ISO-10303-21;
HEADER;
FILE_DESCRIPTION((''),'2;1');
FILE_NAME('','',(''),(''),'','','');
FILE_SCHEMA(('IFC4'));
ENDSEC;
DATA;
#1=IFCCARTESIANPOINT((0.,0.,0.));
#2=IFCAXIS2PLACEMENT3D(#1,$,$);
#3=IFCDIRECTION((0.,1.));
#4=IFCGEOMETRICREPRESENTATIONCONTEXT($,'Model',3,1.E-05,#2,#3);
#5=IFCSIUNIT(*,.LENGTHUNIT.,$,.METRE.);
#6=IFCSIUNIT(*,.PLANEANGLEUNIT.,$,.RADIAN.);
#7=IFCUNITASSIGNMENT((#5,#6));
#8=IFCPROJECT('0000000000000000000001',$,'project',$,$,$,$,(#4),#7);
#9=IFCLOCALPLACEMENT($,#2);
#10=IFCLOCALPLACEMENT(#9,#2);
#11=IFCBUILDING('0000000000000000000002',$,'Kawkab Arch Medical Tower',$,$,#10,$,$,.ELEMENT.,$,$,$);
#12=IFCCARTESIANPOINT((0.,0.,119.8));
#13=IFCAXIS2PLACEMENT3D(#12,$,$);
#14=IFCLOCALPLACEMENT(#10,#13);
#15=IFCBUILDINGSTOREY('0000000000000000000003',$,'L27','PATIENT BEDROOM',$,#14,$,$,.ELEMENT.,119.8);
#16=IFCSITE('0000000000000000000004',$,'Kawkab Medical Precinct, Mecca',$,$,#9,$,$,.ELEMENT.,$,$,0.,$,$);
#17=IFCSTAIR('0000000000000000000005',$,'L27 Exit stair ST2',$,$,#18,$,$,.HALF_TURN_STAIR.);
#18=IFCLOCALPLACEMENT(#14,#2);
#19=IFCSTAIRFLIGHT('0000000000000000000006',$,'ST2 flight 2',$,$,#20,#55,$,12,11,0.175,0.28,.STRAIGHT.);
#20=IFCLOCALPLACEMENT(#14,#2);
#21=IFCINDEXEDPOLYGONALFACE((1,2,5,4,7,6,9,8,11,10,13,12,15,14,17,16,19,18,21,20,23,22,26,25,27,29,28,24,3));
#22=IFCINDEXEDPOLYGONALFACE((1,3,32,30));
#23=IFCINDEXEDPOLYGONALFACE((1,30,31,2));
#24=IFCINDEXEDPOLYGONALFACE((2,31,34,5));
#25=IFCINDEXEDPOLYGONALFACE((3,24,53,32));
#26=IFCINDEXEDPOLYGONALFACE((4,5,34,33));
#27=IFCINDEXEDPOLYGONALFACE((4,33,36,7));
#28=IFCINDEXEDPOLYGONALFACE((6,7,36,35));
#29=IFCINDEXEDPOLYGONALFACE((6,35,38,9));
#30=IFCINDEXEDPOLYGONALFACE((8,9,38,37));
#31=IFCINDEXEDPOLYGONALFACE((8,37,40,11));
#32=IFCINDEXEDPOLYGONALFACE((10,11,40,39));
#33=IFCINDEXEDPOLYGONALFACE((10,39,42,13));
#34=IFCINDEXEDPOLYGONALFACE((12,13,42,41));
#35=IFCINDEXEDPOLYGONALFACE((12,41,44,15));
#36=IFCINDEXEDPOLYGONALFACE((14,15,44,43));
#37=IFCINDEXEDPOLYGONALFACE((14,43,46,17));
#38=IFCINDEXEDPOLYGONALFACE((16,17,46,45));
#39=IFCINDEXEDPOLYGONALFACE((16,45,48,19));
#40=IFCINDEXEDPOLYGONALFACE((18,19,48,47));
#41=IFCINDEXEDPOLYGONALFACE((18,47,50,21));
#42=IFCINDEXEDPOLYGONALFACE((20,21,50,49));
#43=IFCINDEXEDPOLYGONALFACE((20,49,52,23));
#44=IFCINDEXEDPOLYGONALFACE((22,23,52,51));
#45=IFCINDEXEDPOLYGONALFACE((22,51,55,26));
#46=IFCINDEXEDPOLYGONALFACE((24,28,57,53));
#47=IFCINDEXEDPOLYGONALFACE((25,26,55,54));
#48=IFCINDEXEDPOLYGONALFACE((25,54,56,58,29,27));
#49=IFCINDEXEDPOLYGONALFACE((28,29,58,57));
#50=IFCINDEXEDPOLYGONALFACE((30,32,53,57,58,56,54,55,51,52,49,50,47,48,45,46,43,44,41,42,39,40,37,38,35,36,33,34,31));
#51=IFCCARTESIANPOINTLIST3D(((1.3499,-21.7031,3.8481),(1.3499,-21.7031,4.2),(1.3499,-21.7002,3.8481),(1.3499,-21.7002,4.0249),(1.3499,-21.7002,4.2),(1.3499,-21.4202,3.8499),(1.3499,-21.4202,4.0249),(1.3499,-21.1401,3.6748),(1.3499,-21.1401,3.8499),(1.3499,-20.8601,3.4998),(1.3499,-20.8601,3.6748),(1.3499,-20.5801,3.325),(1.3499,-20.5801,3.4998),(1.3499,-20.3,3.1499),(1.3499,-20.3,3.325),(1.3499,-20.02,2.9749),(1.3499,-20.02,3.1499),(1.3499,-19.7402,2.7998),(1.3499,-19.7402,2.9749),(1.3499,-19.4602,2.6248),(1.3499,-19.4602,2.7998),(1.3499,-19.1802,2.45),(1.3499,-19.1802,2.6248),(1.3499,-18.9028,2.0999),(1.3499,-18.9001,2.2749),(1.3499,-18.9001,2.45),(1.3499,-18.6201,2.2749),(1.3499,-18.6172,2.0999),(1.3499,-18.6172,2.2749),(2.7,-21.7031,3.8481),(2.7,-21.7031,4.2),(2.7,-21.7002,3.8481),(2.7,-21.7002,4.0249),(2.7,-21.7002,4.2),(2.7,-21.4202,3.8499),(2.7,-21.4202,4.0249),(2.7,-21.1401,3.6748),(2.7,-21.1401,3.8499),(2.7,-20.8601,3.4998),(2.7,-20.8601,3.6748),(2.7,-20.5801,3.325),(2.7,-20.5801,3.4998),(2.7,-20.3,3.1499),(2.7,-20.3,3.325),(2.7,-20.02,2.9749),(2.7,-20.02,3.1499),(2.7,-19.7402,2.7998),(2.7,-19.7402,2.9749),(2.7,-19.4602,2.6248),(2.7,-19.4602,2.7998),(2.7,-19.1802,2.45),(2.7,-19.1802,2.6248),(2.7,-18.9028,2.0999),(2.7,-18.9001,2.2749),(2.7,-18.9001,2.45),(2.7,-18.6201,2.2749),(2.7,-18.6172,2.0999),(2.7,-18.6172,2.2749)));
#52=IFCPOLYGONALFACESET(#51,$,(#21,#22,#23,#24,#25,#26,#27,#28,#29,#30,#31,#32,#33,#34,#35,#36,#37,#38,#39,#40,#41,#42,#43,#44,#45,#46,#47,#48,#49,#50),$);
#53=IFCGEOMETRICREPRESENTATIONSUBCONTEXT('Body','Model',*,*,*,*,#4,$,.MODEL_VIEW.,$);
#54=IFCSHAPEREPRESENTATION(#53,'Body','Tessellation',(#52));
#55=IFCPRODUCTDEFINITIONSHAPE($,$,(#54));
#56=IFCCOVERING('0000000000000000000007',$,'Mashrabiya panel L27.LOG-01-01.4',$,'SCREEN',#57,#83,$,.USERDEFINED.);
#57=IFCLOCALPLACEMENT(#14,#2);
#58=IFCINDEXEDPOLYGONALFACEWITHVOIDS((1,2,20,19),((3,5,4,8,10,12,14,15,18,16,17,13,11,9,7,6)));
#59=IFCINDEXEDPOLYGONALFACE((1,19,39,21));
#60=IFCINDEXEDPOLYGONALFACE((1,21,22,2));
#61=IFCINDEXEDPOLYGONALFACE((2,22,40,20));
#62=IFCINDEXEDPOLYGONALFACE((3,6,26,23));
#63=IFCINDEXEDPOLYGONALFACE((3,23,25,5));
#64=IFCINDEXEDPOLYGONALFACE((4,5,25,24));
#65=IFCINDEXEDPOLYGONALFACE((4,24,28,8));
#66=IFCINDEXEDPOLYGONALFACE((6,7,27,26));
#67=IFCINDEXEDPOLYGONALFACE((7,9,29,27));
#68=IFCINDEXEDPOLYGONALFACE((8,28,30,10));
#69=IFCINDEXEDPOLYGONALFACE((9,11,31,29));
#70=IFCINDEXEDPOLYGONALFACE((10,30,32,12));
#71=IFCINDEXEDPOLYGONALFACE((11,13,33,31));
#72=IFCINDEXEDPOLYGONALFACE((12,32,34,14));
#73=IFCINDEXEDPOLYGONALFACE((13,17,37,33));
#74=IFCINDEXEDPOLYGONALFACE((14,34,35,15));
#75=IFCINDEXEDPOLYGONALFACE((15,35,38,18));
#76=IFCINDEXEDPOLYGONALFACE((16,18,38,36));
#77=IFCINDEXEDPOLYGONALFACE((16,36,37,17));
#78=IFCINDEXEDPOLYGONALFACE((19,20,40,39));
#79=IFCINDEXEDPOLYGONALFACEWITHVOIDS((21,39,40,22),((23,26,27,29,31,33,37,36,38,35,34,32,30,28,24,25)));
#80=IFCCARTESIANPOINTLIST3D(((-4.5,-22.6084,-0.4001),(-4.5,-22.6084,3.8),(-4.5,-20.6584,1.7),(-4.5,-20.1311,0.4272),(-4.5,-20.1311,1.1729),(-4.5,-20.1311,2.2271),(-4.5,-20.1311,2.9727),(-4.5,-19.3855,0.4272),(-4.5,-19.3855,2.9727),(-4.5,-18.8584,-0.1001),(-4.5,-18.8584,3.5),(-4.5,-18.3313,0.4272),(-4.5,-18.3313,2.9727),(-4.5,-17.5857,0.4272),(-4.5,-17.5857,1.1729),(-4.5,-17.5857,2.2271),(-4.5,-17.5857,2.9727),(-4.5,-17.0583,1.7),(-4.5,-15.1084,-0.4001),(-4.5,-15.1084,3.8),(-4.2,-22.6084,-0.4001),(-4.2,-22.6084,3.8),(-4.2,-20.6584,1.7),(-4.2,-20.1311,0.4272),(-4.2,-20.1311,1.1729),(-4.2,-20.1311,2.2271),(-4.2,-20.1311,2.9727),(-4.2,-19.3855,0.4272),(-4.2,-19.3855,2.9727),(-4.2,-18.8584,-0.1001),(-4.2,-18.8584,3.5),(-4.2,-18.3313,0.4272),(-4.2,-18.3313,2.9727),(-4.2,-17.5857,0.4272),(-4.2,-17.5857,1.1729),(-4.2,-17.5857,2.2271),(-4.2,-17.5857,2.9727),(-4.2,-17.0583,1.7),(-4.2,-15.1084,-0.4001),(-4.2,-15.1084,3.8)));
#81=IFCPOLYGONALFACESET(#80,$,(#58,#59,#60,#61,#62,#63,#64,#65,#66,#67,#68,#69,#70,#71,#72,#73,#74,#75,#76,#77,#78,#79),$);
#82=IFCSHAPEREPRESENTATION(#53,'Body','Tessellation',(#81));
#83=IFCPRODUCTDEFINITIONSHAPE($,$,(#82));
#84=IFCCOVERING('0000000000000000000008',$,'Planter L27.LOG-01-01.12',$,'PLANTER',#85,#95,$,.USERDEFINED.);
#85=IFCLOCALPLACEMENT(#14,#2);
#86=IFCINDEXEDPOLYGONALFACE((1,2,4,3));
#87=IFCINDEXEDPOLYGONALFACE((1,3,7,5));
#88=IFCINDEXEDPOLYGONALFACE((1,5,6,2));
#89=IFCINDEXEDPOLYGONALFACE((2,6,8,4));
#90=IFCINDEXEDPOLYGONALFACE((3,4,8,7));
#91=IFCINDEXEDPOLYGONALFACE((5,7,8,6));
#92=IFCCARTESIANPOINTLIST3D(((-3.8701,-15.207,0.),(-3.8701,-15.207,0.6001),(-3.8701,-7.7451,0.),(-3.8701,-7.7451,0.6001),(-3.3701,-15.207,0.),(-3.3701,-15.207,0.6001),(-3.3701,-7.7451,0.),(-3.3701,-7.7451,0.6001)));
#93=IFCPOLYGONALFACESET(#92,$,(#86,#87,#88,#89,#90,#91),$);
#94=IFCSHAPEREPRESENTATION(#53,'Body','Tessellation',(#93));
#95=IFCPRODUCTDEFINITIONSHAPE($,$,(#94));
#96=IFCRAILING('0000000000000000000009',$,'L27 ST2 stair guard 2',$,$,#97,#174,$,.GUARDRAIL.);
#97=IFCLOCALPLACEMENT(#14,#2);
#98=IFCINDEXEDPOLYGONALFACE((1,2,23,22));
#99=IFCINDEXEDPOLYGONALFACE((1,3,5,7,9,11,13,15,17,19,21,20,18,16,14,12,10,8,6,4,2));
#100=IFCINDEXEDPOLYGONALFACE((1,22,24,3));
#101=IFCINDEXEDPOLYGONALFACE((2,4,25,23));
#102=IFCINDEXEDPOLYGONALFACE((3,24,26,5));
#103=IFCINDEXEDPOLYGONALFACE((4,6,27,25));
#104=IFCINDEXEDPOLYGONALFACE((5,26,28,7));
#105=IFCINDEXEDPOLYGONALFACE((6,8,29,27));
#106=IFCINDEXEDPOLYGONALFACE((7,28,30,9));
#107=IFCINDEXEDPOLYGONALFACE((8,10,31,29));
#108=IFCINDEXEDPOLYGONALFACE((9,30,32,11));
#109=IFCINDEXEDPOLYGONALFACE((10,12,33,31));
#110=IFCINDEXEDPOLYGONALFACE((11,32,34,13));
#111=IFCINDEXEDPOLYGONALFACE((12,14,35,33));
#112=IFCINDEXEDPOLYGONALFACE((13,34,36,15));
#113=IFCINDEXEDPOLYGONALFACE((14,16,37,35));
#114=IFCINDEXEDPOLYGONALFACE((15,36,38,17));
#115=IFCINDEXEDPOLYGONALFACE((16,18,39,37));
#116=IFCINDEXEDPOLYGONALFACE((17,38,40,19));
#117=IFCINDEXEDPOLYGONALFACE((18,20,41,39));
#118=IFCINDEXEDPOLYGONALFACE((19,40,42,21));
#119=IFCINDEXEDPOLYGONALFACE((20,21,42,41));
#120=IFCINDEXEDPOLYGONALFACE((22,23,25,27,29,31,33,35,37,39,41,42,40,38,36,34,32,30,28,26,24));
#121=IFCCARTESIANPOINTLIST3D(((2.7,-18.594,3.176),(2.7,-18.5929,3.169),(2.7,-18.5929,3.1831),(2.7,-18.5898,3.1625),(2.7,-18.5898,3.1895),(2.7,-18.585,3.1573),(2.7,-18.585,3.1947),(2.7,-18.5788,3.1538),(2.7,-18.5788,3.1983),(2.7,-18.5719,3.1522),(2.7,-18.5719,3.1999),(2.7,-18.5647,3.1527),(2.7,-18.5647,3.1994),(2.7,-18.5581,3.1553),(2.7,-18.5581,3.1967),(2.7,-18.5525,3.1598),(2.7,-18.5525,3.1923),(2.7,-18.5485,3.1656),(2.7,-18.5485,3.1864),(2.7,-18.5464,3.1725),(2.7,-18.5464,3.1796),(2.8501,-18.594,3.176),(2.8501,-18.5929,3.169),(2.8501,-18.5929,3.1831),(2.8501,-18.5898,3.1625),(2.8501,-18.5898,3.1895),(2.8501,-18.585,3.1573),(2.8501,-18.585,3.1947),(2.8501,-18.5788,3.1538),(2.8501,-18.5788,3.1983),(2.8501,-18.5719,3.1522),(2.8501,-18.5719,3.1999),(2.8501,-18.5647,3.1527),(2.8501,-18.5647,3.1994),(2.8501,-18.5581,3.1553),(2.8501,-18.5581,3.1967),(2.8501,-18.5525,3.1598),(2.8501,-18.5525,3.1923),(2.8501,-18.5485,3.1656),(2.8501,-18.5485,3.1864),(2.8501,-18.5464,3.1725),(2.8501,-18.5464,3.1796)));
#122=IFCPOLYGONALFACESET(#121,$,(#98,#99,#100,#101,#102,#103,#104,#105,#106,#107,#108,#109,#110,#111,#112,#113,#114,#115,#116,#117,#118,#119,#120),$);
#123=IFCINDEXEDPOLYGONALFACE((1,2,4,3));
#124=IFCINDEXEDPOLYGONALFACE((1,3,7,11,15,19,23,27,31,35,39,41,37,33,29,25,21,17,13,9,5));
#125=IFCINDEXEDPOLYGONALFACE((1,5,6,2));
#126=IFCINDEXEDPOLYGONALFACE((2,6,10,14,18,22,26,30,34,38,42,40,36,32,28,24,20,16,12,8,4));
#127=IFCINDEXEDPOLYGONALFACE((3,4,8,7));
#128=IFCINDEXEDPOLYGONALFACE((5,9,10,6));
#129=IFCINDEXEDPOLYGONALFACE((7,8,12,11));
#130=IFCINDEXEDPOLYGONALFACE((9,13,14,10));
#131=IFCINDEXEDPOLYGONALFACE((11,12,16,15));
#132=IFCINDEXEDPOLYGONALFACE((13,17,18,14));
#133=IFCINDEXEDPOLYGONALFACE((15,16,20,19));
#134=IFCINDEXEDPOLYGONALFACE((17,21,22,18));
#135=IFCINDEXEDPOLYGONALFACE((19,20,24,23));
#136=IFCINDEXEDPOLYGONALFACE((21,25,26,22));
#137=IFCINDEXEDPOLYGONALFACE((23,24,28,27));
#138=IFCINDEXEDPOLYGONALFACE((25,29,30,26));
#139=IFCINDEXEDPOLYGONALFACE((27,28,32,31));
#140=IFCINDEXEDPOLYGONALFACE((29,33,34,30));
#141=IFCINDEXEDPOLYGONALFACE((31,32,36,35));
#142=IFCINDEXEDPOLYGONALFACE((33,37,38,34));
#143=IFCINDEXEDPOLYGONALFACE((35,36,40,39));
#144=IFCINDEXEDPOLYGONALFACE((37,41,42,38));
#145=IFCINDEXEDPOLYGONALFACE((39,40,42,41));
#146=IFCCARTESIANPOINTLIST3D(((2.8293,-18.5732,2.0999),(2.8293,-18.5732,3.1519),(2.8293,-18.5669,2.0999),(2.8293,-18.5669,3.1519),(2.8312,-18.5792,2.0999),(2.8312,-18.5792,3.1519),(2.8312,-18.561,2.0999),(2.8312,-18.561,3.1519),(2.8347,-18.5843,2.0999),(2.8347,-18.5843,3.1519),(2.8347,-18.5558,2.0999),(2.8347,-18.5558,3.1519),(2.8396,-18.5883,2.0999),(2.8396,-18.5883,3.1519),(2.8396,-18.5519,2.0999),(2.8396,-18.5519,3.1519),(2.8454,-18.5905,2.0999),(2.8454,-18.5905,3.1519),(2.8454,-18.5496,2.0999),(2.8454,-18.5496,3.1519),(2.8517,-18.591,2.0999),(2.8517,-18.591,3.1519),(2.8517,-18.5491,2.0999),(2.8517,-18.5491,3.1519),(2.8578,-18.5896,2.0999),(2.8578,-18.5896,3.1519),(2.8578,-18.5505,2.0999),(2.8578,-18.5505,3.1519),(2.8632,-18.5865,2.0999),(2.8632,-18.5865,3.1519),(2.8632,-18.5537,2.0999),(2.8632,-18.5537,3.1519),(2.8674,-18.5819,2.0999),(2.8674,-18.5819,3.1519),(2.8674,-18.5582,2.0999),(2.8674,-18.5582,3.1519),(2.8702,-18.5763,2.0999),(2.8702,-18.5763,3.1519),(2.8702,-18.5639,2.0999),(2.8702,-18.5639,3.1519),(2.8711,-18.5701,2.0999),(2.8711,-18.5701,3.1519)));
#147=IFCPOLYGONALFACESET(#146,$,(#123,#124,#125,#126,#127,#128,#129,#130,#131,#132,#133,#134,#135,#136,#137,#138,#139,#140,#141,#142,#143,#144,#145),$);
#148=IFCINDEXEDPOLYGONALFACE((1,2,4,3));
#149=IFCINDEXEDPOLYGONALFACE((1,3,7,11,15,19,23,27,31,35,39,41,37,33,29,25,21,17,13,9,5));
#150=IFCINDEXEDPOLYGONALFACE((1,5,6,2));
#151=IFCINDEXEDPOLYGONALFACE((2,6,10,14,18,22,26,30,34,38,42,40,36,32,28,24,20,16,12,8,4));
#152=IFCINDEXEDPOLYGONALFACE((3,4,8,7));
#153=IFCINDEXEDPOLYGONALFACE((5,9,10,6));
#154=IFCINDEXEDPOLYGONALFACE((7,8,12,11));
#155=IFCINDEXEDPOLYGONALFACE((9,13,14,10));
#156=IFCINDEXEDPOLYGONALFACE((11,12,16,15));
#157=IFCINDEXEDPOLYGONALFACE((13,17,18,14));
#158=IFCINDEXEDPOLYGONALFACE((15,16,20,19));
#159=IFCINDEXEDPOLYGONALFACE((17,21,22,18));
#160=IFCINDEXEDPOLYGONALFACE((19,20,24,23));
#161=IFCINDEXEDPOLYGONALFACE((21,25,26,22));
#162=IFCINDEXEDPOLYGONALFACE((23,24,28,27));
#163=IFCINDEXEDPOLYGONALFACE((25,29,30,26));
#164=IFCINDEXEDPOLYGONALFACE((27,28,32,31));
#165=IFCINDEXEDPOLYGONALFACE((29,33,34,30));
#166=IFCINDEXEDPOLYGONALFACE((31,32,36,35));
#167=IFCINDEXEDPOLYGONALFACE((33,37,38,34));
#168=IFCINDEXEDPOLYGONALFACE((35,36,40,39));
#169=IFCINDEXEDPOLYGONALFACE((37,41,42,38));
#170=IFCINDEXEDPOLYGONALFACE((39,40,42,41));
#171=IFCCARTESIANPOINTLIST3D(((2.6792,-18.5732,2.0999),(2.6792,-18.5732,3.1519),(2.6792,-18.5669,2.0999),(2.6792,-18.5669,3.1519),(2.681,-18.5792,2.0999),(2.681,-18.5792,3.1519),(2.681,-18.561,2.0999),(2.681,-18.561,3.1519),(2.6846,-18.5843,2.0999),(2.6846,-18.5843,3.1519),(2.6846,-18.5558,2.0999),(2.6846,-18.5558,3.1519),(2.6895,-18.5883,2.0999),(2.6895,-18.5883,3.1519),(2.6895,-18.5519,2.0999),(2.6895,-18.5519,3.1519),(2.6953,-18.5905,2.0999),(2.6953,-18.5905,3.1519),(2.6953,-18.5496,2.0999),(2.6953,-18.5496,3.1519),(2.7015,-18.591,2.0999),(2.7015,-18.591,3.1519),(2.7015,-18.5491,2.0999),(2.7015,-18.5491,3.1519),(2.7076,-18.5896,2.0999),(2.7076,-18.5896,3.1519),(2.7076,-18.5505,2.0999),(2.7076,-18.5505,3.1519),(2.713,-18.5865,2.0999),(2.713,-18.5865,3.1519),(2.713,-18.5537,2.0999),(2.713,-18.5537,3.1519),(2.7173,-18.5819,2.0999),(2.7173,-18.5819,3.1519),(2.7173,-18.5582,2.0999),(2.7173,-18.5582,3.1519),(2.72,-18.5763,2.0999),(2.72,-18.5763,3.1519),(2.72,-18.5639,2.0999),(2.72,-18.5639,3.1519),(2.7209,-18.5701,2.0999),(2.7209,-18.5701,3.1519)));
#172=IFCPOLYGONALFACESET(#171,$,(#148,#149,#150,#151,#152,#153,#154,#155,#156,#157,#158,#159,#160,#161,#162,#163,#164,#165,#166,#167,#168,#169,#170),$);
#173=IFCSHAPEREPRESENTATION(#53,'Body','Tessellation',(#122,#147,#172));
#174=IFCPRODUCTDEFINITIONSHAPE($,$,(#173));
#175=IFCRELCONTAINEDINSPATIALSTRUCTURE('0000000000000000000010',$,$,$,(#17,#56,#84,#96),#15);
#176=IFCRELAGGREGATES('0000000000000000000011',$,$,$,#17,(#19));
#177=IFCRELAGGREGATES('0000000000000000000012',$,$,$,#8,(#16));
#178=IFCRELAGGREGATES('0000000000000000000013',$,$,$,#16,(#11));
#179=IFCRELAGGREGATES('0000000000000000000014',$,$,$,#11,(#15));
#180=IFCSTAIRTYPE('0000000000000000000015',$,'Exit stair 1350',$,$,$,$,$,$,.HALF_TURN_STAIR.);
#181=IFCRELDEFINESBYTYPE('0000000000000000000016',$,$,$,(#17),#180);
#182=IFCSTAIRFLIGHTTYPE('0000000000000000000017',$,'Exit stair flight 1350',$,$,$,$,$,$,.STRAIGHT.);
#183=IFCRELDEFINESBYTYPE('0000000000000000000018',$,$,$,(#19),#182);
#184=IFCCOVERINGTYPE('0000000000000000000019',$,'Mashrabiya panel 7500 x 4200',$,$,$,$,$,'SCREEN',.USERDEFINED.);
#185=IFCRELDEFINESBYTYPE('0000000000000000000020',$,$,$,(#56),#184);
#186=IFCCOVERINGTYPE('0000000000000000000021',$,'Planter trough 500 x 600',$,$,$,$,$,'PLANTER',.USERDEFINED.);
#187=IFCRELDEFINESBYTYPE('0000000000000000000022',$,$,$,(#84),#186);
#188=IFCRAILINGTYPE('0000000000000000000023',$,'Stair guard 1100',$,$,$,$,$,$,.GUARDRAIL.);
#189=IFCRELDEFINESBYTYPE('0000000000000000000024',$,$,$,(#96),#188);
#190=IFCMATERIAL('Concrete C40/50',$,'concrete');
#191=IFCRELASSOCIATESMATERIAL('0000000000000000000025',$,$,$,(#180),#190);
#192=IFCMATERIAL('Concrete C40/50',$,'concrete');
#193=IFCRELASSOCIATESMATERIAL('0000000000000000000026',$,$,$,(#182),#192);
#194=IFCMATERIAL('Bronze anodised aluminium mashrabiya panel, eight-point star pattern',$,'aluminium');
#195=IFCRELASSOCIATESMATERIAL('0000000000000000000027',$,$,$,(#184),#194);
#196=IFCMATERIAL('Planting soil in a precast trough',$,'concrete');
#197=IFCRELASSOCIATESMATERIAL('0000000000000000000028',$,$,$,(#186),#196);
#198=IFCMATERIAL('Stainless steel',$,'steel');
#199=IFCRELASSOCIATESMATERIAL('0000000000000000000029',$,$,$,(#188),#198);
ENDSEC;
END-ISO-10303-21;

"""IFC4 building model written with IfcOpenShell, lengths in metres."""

from ifc_helpers import new_model, si_unit, direction, frame, origin, origin_2d, place, context, subcontext, project, spatial, polyline, rectangle, circle, outline, extrude, material, material_profile, profile_set, type_object, element, aggregate, save


model = new_model("IFC4")

# Units and contexts
model_context = context("Model", 3, precision=1e-05, world=origin(), true_north=direction((0.0, 1.0)))
body_context = subcontext(model_context, "Body", "Model", "MODEL_VIEW")
ifc_project = project(units=[si_unit("LENGTHUNIT", "METRE"), si_unit("PLANEANGLEUNIT", "RADIAN")], contexts=[model_context])

# Site, building, storey
site_placement = place(None, origin())
site = spatial("IfcSite", under=ifc_project, at=site_placement, Name="Kawkab Medical Precinct, Mecca", CompositionType="ELEMENT", RefElevation=0.0)
building_placement = place(site_placement, origin())
building = spatial("IfcBuilding", under=site, at=building_placement, Name="Kawkab Arch Medical Tower", CompositionType="ELEMENT")
storey_placement = place(building_placement, frame((0.0, 0.0, 119.8)))
storey = spatial("IfcBuildingStorey", under=building, at=storey_placement, Name="L27", Description="PATIENT BEDROOM", CompositionType="ELEMENT", Elevation=119.8)

# Shared definitions
placement = place(storey_placement, origin())

# Stair, stair flight
ifc_material_1 = material(Name="Concrete C40/50", Category="concrete")
stair_type = type_object("IfcStairType", Name="Exit stair 1350", PredefinedType="HALF_TURN_STAIR", material=ifc_material_1)
stair = element("IfcStair", 1, at=placement, inside=storey, type_object=stair_type, Name="L27 Exit stair ST2", PredefinedType="HALF_TURN_STAIR")
ifc_material_2 = material(Name="Concrete C40/50", Category="concrete")
stair_flight_type = type_object("IfcStairFlightType", Name="Exit stair flight 1350", PredefinedType="STRAIGHT", material=ifc_material_2)
stair_flight_placement = place(storey_placement, frame((2.0249, -18.6201, 2.0999), z_axis=(0.0, 0.0, 1.0), x_axis=(0.0, -1.0, 0.0)))
stair_flight = element("IfcStairFlight", 2, at=stair_flight_placement, type_object=stair_flight_type, Name="ST2 flight 2", NumberOfRisers=12, NumberOfTreads=11, PredefinedType="STRAIGHT", RiserHeight=0.175, TreadLength=0.28, context=body_context, shape_type="SweptSolid", body=[
    extrude(outline(polyline([(-0.0029, 0.0), (-0.0029, 0.175), (0.0, 0.175), (0.28, 0.175), (0.28, 0.3501), (0.5601, 0.3501), (0.5601, 0.5249), (0.8401, 0.5249), (0.8401, 0.7), (1.1201, 0.7), (1.1201, 0.875), (1.3999, 0.875), (1.3999, 1.05), (1.6799, 1.05), (1.6799, 1.2251), (1.96, 1.2251), (1.96, 1.3999), (2.24, 1.3999), (2.24, 1.575), (2.52, 1.575), (2.52, 1.75), (2.8, 1.75), (2.8, 1.925), (3.0801, 1.925), (3.0801, 2.1001), (3.083, 2.1001), (3.083, 1.7483), (3.0801, 1.7483), (0.2827, 0.0), (-0.0029, 0.0)])), frame((0.0, 0.675, 0.0), z_axis=(0.0, -1.0, 0.0), x_axis=(1.0, 0.0, 0.0)), (0.0, 0.0, 1.0), 1.3501),
])
aggregate(stair, [stair_flight])

# Coverings
ifc_material_3 = material(Name="Bronze anodised aluminium mashrabiya panel, eight-point star pattern", Category="aluminium")
ifc_material_profile_1 = material_profile(ifc_material_3, outline(polyline([(-3.75, -2.1001), (3.75, -2.1001), (3.75, 2.1001), (-3.75, 2.1001), (-3.75, -2.1001)]), holes=[polyline([(1.8, 0.0), (1.2727, 0.5271), (1.2727, 1.2727), (0.5271, 1.2727), (0.0, 1.8), (-0.5271, 1.2727), (-1.2727, 1.2727), (-1.2727, 0.5271), (-1.8, 0.0), (-1.2727, -0.5271), (-1.2727, -1.2727), (-0.5271, -1.2727), (0.0, -1.8), (0.5271, -1.2727), (1.2727, -1.2727), (1.2727, -0.5271), (1.8, 0.0)])]), Name="Mashrabiya panel 7500x4200")
ifc_profile_set_1 = profile_set([ifc_material_profile_1], Name="Bronze anodised aluminium mashrabiya panel, eight-point star pattern")
covering_type_1 = type_object("IfcCoveringType", Name="Mashrabiya panel 7500 x 4200", ElementType="SCREEN", PredefinedType="USERDEFINED", material=ifc_profile_set_1)
covering_1_placement = place(storey_placement, frame((-4.2, -18.8584, 1.7), z_axis=(-1.0, 0.0, 0.0), x_axis=(0.0, -1.0, 0.0)))
element("IfcCovering", 3, at=covering_1_placement, inside=storey, type_object=covering_type_1, Name="Mashrabiya panel L27.LOG-01-01.4", ObjectType="SCREEN", PredefinedType="USERDEFINED", context=body_context, shape_type="SweptSolid", body=[
    extrude(outline(polyline([(-3.75, -2.1001), (3.75, -2.1001), (3.75, 2.1001), (-3.75, 2.1001), (-3.75, -2.1001)]), holes=[polyline([(1.8, 0.0), (1.2727, 0.5271), (1.2727, 1.2727), (0.5271, 1.2727), (0.0, 1.8), (-0.5271, 1.2727), (-1.2727, 1.2727), (-1.2727, 0.5271), (-1.8, 0.0), (-1.2727, -0.5271), (-1.2727, -1.2727), (-0.5271, -1.2727), (0.0, -1.8), (0.5271, -1.2727), (1.2727, -1.2727), (1.2727, -0.5271), (1.8, 0.0)])]), origin(), (0.0, 0.0, 1.0), 0.3),
])
ifc_material_4 = material(Name="Planting soil in a precast trough", Category="concrete")
ifc_material_profile_2 = material_profile(ifc_material_4, rectangle(XDim=0.5, YDim=0.6001, at=origin_2d()), Name="Trough 500x600")
ifc_profile_set_2 = profile_set([ifc_material_profile_2], Name="Planting soil in a precast trough")
covering_type_2 = type_object("IfcCoveringType", Name="Planter trough 500 x 600", ElementType="PLANTER", PredefinedType="USERDEFINED", material=ifc_profile_set_2)
covering_2_placement = place(storey_placement, frame((-3.6201, -15.207, 0.3), z_axis=(0.0, 1.0, 0.0), x_axis=(-1.0, 0.0, 0.0)))
element("IfcCovering", 4, at=covering_2_placement, inside=storey, type_object=covering_type_2, Name="Planter L27.LOG-01-01.12", ObjectType="PLANTER", PredefinedType="USERDEFINED", context=body_context, shape_type="SweptSolid", body=[
    extrude(rectangle(XDim=0.5, YDim=0.6001, at=origin_2d()), origin(), (0.0, 0.0, 1.0), 7.4619),
])

# Railing
ifc_material_5 = material(Name="Stainless steel", Category="steel")
railing_type = type_object("IfcRailingType", Name="Stair guard 1100", PredefinedType="GUARDRAIL", material=ifc_material_5)
railing_1_placement = place(storey_placement, frame((2.8501, -18.5701, 2.0999)))
element("IfcRailing", 5, at=railing_1_placement, inside=storey, type_object=railing_type, Name="L27 ST2 stair guard 2", PredefinedType="GUARDRAIL", context=body_context, shape_type="SweptSolid", body=[
    extrude(circle(Radius=0.0239, at=origin_2d()), frame((0.0, 0.0, 1.0762), z_axis=(-1.0, 0.0, 0.0), x_axis=(0.0, -1.0, 0.0)), (0.0, 0.0, 1.0), 0.1501),
    extrude(circle(Radius=0.021, at=origin_2d()), origin(), (0.0, 0.0, 1.0), 1.052),
    extrude(circle(Radius=0.021, at=origin_2d()), frame((-0.1501, 0.0, 0.0)), (0.0, 0.0, 1.0), 1.052),
])

save(model, "model.ifc")
